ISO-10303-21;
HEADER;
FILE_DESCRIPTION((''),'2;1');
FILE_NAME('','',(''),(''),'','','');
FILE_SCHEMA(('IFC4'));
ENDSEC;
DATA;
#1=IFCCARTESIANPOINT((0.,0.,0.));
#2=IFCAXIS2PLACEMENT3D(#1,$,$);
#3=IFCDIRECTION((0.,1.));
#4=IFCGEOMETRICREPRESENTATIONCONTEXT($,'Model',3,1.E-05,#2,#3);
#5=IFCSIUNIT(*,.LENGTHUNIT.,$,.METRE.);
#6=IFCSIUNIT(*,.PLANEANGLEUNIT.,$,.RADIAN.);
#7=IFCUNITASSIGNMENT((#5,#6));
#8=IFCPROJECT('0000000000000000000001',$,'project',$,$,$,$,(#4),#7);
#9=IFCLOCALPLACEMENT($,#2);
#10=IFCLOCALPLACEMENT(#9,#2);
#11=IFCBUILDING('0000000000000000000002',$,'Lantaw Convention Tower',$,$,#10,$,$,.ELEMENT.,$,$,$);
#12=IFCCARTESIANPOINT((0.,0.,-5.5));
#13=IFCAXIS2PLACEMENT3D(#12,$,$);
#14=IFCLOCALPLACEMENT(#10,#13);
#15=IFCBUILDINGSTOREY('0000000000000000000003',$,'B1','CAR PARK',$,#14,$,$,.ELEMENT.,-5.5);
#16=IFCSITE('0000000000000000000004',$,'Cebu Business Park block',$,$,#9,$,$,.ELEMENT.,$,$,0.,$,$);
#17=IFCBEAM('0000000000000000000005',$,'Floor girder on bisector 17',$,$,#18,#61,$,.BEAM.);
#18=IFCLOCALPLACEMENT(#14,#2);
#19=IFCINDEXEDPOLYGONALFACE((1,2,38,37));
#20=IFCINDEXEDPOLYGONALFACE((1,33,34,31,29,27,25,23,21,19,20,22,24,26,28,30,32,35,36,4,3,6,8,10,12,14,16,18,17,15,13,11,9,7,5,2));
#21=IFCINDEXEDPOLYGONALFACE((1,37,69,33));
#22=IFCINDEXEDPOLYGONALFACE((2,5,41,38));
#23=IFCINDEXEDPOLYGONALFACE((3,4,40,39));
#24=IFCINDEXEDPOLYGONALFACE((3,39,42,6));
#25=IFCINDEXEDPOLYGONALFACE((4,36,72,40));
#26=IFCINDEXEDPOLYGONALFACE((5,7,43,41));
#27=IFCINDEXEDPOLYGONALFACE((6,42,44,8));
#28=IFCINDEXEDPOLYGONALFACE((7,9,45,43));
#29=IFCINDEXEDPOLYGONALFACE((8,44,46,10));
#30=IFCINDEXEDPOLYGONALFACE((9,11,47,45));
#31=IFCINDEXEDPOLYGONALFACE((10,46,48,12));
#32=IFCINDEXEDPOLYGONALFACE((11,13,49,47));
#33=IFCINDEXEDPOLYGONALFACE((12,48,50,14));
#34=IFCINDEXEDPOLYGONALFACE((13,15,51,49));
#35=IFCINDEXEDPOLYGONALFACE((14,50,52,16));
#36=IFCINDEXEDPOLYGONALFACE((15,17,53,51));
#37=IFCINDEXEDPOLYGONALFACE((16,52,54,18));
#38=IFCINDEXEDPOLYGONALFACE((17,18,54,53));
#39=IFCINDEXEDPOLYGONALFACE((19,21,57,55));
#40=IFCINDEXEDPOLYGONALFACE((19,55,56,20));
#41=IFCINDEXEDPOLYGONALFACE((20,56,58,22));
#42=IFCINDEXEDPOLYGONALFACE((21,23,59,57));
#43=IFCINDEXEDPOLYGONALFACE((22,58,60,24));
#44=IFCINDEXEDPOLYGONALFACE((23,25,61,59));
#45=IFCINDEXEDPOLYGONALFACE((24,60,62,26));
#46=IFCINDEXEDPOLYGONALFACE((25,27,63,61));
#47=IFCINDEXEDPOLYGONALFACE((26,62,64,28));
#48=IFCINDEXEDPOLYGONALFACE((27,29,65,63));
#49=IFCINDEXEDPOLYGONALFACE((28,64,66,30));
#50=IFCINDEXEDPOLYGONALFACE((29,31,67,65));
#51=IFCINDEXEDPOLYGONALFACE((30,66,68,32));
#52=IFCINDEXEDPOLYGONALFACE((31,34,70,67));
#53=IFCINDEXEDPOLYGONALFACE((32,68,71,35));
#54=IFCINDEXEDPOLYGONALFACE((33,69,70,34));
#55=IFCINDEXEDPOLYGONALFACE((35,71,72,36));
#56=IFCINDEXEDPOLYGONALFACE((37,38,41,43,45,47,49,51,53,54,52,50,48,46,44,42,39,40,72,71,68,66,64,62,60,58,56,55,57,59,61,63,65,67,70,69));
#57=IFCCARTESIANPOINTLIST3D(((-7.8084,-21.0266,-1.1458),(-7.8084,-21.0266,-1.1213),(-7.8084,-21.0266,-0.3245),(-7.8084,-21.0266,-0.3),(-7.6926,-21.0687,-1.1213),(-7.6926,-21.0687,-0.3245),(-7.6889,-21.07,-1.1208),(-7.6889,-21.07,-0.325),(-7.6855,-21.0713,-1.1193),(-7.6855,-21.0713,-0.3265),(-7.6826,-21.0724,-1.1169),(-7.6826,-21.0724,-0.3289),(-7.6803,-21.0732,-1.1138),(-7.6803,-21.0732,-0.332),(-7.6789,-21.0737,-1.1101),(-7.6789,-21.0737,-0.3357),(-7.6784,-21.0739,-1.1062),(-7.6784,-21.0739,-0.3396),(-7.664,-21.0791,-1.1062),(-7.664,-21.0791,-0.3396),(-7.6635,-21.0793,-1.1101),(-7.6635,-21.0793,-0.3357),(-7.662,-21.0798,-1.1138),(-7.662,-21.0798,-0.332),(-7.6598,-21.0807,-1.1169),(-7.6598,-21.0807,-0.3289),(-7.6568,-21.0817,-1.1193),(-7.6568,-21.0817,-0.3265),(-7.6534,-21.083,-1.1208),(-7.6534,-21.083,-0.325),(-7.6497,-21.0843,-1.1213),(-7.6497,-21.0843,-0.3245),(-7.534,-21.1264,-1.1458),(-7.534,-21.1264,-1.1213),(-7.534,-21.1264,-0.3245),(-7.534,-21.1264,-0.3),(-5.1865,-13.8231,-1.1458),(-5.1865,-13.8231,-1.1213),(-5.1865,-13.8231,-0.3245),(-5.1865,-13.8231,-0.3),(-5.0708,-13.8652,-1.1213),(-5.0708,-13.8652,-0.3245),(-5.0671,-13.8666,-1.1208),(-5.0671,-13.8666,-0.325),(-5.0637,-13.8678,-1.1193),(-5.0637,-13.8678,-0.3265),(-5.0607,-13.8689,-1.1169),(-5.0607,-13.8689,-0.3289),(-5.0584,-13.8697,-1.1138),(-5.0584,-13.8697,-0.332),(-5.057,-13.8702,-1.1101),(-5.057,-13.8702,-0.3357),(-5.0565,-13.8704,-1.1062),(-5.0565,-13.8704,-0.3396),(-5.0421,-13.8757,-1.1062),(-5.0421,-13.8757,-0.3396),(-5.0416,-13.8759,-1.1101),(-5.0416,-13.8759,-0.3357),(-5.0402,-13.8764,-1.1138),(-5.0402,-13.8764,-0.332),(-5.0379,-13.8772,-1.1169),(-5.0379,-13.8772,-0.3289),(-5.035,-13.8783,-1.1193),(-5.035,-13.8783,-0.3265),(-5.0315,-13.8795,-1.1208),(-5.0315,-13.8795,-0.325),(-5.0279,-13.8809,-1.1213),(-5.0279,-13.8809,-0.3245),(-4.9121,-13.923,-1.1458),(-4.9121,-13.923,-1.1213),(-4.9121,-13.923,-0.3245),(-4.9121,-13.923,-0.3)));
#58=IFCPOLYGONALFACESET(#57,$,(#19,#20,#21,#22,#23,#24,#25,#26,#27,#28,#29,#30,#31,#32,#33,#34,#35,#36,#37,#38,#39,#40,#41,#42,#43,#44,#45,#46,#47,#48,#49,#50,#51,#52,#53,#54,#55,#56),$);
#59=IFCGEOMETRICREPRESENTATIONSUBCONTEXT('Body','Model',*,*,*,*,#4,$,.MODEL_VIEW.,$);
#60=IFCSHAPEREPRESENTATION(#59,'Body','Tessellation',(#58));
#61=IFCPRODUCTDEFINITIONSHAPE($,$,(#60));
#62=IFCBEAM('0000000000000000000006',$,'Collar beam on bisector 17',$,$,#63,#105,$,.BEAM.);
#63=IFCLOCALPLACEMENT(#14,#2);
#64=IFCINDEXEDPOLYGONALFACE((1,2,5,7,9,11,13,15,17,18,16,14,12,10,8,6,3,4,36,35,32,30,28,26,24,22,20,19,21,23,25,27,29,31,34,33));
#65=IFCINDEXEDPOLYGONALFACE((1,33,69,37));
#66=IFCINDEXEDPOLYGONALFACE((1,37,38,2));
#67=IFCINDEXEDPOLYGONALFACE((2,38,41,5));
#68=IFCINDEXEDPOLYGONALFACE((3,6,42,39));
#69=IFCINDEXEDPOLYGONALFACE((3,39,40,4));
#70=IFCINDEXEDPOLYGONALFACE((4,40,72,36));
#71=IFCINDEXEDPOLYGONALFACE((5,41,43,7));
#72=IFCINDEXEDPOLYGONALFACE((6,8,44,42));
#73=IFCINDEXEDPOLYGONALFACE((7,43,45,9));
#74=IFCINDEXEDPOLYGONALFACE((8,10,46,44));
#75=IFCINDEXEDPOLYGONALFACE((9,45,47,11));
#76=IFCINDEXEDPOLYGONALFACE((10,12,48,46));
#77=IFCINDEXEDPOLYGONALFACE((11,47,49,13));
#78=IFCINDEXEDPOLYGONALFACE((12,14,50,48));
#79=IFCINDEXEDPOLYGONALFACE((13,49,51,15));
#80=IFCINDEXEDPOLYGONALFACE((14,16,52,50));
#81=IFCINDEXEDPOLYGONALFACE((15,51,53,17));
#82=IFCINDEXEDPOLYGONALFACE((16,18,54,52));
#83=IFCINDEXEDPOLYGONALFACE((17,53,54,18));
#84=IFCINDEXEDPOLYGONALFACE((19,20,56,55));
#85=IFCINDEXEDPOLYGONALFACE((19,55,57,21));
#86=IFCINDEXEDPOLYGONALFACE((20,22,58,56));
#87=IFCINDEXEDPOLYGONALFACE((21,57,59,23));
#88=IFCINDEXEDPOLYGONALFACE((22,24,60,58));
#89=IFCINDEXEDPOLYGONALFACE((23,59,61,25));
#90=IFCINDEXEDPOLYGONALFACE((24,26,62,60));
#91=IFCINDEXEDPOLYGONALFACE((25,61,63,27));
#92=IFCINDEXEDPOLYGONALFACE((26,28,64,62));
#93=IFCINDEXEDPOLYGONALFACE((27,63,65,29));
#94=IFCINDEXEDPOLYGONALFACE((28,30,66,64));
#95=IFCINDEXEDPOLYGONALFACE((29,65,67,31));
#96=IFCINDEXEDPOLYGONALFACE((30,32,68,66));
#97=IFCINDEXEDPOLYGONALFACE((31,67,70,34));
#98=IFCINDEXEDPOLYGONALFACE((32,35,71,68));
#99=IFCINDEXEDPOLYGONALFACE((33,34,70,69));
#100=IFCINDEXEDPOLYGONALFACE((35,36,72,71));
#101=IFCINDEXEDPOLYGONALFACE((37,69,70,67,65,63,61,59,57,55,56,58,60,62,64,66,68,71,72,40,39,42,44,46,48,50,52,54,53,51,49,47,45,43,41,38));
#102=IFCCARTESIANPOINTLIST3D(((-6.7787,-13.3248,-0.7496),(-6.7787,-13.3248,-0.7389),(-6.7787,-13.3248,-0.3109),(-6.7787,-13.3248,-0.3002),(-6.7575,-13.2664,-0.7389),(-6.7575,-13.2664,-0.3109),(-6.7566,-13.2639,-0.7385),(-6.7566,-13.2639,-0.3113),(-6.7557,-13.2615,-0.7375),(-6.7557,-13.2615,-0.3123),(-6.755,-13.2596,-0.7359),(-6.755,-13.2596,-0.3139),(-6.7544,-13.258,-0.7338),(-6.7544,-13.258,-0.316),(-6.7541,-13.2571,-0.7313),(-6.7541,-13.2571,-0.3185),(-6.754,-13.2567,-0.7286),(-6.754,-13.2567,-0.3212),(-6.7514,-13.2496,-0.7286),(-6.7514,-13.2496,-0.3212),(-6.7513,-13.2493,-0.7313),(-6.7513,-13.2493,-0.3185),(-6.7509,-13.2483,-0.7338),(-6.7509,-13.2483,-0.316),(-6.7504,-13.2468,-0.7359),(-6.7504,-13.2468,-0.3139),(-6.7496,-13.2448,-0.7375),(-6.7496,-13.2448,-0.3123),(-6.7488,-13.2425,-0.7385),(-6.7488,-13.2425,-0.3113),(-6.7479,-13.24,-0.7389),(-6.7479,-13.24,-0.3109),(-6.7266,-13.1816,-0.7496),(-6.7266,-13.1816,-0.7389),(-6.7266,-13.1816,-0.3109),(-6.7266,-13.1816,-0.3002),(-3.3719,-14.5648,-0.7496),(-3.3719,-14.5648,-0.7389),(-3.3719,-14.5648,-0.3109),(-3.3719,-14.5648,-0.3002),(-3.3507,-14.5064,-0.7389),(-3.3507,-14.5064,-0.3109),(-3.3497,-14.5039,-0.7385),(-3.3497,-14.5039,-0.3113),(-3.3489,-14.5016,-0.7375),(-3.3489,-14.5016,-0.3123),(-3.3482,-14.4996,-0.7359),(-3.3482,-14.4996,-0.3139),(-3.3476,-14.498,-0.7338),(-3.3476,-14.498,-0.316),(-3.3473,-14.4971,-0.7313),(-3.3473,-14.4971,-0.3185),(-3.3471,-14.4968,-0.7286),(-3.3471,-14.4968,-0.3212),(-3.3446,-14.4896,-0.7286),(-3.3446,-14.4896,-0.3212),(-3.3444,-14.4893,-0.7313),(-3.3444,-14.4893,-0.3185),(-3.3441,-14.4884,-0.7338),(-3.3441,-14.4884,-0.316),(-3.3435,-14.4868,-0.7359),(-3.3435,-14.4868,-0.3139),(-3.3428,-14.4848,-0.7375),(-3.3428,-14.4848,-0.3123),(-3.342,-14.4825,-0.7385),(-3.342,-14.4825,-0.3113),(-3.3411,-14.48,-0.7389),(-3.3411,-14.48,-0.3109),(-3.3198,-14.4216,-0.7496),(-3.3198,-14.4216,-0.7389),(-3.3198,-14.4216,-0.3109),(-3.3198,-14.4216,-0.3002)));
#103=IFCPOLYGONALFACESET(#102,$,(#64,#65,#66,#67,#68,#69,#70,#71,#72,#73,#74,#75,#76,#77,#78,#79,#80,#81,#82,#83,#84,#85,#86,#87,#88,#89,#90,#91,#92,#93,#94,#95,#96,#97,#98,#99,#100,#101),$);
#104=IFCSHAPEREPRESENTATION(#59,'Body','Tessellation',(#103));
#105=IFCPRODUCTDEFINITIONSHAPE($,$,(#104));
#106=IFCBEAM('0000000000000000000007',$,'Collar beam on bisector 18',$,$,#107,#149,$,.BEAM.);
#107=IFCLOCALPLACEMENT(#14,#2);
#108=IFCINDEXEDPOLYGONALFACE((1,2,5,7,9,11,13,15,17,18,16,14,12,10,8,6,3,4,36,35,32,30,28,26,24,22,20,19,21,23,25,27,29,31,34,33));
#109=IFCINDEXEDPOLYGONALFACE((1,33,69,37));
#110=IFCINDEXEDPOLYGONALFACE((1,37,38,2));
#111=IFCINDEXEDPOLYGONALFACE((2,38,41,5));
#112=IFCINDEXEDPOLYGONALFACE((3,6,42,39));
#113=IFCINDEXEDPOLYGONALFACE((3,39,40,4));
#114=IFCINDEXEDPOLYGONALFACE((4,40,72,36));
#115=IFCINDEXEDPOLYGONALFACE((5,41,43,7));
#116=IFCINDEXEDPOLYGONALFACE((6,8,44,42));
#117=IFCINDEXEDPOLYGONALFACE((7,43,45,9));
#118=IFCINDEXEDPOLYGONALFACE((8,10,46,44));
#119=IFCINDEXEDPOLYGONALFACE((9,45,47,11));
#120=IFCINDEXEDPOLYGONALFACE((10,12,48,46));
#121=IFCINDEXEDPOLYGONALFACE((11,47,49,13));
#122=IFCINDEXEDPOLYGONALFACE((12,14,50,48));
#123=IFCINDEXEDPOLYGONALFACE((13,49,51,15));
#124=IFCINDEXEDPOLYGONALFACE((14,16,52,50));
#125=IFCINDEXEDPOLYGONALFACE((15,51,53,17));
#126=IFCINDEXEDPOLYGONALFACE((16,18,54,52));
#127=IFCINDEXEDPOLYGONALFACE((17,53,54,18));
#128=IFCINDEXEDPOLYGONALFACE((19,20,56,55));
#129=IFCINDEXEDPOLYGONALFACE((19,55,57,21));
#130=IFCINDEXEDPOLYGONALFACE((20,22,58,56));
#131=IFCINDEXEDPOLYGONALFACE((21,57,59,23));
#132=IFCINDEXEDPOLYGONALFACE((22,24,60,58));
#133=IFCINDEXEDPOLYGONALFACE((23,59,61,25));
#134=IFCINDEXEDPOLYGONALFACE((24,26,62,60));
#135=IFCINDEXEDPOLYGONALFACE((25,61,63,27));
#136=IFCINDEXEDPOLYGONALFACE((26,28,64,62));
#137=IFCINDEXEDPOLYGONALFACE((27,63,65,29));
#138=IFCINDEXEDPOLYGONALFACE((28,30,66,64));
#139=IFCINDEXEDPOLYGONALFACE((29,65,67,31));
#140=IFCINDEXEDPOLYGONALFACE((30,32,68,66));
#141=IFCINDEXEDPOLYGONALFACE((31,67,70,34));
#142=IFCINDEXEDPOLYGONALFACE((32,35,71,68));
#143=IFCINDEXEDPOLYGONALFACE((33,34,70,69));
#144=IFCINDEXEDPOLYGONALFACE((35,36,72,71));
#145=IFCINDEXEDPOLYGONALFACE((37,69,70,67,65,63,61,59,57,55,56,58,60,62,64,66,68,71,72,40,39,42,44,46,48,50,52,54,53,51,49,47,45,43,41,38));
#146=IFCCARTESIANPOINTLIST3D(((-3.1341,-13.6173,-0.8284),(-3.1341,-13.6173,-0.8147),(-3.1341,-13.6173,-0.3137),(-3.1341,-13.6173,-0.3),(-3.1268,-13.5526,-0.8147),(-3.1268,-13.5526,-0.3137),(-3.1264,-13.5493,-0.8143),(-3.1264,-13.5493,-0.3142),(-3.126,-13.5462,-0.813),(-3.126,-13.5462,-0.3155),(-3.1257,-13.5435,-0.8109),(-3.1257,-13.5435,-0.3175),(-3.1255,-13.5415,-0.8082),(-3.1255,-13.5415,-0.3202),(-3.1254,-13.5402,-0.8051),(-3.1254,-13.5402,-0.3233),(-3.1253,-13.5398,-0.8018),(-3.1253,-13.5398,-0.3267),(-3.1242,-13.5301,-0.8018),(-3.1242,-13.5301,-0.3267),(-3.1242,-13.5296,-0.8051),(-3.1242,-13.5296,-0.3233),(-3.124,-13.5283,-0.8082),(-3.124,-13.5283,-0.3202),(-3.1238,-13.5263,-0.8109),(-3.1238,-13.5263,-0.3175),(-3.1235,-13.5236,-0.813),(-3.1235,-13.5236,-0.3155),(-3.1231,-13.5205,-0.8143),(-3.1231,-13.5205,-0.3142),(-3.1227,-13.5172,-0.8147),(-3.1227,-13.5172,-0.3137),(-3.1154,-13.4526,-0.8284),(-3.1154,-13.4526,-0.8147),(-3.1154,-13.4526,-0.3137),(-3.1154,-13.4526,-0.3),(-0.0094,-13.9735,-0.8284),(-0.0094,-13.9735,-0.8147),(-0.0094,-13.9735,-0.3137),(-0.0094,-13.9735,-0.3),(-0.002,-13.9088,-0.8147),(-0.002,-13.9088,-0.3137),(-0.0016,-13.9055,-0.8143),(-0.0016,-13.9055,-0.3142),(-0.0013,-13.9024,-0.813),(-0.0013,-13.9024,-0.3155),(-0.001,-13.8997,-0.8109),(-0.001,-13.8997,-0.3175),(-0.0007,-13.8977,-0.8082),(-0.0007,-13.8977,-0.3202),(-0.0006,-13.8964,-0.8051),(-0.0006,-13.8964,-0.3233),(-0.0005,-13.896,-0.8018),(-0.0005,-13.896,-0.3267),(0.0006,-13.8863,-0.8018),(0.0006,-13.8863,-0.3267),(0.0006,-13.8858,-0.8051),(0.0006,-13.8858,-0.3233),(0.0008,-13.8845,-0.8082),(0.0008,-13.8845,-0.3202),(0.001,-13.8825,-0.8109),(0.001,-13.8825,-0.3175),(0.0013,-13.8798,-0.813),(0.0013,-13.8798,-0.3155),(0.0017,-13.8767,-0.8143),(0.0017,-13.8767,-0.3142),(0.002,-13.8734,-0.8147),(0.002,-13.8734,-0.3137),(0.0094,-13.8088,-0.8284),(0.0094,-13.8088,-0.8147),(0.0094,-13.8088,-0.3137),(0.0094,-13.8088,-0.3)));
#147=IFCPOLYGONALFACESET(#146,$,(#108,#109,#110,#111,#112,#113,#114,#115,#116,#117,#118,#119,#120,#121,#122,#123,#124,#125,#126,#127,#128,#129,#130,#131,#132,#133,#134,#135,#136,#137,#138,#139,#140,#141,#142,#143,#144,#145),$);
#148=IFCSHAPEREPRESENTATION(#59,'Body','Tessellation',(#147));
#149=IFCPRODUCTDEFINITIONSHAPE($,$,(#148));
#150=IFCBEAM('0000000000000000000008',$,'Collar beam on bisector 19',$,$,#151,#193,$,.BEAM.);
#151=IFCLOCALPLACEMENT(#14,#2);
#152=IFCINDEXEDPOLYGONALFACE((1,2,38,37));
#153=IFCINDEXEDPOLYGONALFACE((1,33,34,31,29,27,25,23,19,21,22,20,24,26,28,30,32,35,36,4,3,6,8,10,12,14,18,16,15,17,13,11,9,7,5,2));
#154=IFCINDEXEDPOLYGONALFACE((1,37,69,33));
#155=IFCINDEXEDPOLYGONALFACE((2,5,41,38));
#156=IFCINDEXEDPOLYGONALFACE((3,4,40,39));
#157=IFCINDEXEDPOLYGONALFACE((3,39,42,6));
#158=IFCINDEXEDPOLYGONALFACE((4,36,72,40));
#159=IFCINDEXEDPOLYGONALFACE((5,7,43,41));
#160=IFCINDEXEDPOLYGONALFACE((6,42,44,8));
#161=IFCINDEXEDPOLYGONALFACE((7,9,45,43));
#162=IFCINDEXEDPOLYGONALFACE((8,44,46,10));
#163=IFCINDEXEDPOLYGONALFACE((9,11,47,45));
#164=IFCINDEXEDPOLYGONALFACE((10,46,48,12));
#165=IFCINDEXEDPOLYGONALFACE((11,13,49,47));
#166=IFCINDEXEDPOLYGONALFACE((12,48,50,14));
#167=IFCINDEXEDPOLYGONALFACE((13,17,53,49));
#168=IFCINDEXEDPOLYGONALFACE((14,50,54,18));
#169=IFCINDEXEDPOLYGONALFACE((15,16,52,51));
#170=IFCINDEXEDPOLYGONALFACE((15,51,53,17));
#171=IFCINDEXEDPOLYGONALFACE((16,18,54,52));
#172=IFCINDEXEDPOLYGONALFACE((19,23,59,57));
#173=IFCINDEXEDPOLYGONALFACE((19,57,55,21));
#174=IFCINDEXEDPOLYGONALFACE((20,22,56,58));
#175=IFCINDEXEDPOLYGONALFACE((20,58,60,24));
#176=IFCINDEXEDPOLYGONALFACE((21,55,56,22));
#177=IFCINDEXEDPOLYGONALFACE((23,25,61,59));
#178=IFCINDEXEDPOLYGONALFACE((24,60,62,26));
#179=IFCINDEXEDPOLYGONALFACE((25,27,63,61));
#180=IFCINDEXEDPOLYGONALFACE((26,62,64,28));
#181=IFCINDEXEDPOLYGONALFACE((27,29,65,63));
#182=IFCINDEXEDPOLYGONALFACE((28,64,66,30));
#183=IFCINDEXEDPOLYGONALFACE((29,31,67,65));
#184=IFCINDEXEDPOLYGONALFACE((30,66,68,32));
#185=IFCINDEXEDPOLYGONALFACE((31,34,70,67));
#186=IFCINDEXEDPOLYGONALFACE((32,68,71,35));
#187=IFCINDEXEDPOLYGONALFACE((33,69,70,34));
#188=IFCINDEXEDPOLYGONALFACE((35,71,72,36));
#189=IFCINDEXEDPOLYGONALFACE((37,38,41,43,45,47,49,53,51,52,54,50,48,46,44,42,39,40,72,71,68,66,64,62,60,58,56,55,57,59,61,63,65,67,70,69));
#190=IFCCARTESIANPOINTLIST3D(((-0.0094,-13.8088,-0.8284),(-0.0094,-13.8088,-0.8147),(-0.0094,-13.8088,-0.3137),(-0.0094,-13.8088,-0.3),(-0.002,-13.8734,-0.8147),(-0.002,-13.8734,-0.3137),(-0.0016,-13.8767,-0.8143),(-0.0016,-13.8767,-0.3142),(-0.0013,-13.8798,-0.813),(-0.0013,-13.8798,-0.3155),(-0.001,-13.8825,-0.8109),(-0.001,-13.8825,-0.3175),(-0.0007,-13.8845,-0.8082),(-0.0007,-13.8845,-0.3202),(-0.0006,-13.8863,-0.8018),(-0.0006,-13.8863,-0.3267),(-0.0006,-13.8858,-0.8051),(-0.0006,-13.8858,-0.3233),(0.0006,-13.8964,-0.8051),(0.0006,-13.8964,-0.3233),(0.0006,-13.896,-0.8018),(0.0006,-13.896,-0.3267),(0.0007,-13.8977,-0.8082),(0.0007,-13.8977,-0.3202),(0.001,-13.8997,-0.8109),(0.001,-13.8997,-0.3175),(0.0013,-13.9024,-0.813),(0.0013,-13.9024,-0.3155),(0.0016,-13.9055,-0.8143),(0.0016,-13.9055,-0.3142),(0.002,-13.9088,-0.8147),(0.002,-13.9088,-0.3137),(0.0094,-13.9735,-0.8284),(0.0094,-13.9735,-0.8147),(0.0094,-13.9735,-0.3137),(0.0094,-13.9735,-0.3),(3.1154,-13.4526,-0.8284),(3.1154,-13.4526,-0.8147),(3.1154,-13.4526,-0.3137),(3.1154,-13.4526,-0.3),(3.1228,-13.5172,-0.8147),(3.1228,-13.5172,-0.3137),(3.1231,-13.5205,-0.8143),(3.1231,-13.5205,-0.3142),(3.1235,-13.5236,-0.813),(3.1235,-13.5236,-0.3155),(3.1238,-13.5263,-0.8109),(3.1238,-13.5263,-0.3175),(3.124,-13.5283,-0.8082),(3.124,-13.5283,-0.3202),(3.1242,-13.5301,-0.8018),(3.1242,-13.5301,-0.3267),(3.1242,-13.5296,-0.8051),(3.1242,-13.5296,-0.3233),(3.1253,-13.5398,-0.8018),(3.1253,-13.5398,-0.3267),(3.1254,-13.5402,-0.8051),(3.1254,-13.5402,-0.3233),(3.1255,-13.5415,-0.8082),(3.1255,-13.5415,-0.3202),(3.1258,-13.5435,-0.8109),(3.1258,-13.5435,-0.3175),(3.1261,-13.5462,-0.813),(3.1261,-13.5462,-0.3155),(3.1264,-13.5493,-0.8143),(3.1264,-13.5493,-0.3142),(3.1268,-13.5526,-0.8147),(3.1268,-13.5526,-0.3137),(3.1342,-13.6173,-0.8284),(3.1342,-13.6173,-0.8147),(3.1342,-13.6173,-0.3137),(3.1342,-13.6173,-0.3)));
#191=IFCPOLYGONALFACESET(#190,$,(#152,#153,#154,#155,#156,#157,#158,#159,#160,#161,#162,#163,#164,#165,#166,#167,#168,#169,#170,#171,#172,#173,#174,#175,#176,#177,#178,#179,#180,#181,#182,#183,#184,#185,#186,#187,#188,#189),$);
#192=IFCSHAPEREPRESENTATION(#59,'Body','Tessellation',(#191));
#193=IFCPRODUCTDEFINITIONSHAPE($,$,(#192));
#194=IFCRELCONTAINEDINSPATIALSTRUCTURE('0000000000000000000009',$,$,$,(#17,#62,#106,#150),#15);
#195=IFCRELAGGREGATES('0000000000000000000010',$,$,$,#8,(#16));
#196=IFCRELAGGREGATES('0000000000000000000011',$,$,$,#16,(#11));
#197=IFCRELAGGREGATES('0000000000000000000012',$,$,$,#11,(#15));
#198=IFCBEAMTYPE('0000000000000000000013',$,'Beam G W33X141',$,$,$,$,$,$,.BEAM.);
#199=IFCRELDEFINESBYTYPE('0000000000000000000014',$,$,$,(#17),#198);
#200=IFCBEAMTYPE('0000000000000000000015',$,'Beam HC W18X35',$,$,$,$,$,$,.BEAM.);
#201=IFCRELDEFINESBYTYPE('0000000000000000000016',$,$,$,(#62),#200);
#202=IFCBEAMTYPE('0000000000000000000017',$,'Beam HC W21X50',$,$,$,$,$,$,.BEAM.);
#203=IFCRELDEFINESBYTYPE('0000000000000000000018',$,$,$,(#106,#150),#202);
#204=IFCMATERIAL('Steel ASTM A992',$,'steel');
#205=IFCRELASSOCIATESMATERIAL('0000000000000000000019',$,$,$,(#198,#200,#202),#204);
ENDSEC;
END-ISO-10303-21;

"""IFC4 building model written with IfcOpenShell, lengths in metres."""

from ifc_helpers import new_model, si_unit, direction, frame, origin, origin_2d, place, context, subcontext, project, spatial, i_section, extrude, material, material_profile, profile_set, type_object, element, save


model = new_model("IFC4")

# Units and contexts
model_context = context("Model", 3, precision=1e-05, world=origin(), true_north=direction((0.0, 1.0)))
body_context = subcontext(model_context, "Body", "Model", "MODEL_VIEW")
ifc_project = project(units=[si_unit("LENGTHUNIT", "METRE"), si_unit("PLANEANGLEUNIT", "RADIAN")], contexts=[model_context])

# Site, building, storey
site_placement = place(None, origin())
site = spatial("IfcSite", under=ifc_project, at=site_placement, Name="Cebu Business Park block", CompositionType="ELEMENT", RefElevation=0.0)
building_placement = place(site_placement, origin())
building = spatial("IfcBuilding", under=site, at=building_placement, Name="Lantaw Convention Tower", CompositionType="ELEMENT")
storey_placement = place(building_placement, frame((0.0, 0.0, -5.5)))
storey = spatial("IfcBuildingStorey", under=building, at=storey_placement, Name="B1", Description="CAR PARK", CompositionType="ELEMENT", Elevation=-5.5)

# Beams
ifc_material_1 = material(Name="Steel ASTM A992", Category="steel")
ifc_material_profile_1 = material_profile(ifc_material_1, i_section(OverallWidth=0.292, OverallDepth=0.8457, WebThickness=0.0154, FlangeThickness=0.0244, FilletRadius=0.0151, at=origin_2d()), Name="W33X141")
ifc_profile_set_1 = profile_set([ifc_material_profile_1], Name="Steel ASTM A992")
beam_type_1 = type_object("IfcBeamType", Name="Beam G W33X141", PredefinedType="BEAM", material=ifc_profile_set_1)
beam_1_placement = place(storey_placement, frame((-5.0493, -13.873, -0.7229), z_axis=(-0.342022, -0.939692, 0.0), x_axis=(0.939692, -0.342022, 0.0)))
element("IfcBeam", 1, at=beam_1_placement, inside=storey, type_object=beam_type_1, Name="Floor girder on bisector 17", PredefinedType="BEAM", context=body_context, shape_type="SweptSolid", body=[
    extrude(i_section(OverallWidth=0.292, OverallDepth=0.8457, WebThickness=0.0154, FlangeThickness=0.0244, FilletRadius=0.0151, at=origin_2d()), origin(), (0.0, 0.0, 1.0), 7.6658),
])
ifc_material_profile_2 = material_profile(ifc_material_1, i_section(OverallWidth=0.1523, OverallDepth=0.4495, WebThickness=0.0076, FlangeThickness=0.0107, FilletRadius=0.0103, at=origin_2d()), Name="W18X35")
ifc_profile_set_2 = profile_set([ifc_material_profile_2], Name="Steel ASTM A992")
beam_type_2 = type_object("IfcBeamType", Name="Beam HC W18X35", PredefinedType="BEAM", material=ifc_profile_set_2)
beam_2_placement = place(storey_placement, frame((-6.7527, -13.2532, -0.5249), z_axis=(0.939689, -0.34203, 0.0), x_axis=(0.34203, 0.939689, 0.0)))
element("IfcBeam", 2, at=beam_2_placement, inside=storey, type_object=beam_type_2, Name="Collar beam on bisector 17", PredefinedType="BEAM", context=body_context, shape_type="SweptSolid", body=[
    extrude(i_section(OverallWidth=0.1523, OverallDepth=0.4495, WebThickness=0.0076, FlangeThickness=0.0107, FilletRadius=0.0103, at=origin_2d()), origin(), (0.0, 0.0, 1.0), 3.6255),
])
ifc_material_profile_3 = material_profile(ifc_material_1, i_section(OverallWidth=0.1658, OverallDepth=0.5283, WebThickness=0.0098, FlangeThickness=0.0137, FilletRadius=0.0129, at=origin_2d()), Name="W21X50")
ifc_profile_set_3 = profile_set([ifc_material_profile_3], Name="Steel ASTM A992")
beam_type_3 = type_object("IfcBeamType", Name="Beam HC W21X50", PredefinedType="BEAM", material=ifc_profile_set_3)
for number, where, z_axis, x_axis, name in (
    (3, (-3.1248, -13.5349, -0.5642), (0.993565, -0.11326, 0.0), (0.11326, 0.993565, 0.0), "Collar beam on bisector 18"),
    (4, (0.0, -13.8911, -0.5642), (0.993565, 0.11326, 0.0), (-0.11326, 0.993565, 0.0), "Collar beam on bisector 19"),
):
    element("IfcBeam", number, at=place(storey_placement, frame(where, z_axis=z_axis, x_axis=x_axis)), inside=storey, type_object=beam_type_3, Name=name, PredefinedType="BEAM", context=body_context, shape_type="SweptSolid", body=[
        extrude(i_section(OverallWidth=0.1658, OverallDepth=0.5283, WebThickness=0.0098, FlangeThickness=0.0137, FilletRadius=0.0129, at=origin_2d()), origin(), (0.0, 0.0, 1.0), 3.145),
    ])

save(model, "model.ifc")
